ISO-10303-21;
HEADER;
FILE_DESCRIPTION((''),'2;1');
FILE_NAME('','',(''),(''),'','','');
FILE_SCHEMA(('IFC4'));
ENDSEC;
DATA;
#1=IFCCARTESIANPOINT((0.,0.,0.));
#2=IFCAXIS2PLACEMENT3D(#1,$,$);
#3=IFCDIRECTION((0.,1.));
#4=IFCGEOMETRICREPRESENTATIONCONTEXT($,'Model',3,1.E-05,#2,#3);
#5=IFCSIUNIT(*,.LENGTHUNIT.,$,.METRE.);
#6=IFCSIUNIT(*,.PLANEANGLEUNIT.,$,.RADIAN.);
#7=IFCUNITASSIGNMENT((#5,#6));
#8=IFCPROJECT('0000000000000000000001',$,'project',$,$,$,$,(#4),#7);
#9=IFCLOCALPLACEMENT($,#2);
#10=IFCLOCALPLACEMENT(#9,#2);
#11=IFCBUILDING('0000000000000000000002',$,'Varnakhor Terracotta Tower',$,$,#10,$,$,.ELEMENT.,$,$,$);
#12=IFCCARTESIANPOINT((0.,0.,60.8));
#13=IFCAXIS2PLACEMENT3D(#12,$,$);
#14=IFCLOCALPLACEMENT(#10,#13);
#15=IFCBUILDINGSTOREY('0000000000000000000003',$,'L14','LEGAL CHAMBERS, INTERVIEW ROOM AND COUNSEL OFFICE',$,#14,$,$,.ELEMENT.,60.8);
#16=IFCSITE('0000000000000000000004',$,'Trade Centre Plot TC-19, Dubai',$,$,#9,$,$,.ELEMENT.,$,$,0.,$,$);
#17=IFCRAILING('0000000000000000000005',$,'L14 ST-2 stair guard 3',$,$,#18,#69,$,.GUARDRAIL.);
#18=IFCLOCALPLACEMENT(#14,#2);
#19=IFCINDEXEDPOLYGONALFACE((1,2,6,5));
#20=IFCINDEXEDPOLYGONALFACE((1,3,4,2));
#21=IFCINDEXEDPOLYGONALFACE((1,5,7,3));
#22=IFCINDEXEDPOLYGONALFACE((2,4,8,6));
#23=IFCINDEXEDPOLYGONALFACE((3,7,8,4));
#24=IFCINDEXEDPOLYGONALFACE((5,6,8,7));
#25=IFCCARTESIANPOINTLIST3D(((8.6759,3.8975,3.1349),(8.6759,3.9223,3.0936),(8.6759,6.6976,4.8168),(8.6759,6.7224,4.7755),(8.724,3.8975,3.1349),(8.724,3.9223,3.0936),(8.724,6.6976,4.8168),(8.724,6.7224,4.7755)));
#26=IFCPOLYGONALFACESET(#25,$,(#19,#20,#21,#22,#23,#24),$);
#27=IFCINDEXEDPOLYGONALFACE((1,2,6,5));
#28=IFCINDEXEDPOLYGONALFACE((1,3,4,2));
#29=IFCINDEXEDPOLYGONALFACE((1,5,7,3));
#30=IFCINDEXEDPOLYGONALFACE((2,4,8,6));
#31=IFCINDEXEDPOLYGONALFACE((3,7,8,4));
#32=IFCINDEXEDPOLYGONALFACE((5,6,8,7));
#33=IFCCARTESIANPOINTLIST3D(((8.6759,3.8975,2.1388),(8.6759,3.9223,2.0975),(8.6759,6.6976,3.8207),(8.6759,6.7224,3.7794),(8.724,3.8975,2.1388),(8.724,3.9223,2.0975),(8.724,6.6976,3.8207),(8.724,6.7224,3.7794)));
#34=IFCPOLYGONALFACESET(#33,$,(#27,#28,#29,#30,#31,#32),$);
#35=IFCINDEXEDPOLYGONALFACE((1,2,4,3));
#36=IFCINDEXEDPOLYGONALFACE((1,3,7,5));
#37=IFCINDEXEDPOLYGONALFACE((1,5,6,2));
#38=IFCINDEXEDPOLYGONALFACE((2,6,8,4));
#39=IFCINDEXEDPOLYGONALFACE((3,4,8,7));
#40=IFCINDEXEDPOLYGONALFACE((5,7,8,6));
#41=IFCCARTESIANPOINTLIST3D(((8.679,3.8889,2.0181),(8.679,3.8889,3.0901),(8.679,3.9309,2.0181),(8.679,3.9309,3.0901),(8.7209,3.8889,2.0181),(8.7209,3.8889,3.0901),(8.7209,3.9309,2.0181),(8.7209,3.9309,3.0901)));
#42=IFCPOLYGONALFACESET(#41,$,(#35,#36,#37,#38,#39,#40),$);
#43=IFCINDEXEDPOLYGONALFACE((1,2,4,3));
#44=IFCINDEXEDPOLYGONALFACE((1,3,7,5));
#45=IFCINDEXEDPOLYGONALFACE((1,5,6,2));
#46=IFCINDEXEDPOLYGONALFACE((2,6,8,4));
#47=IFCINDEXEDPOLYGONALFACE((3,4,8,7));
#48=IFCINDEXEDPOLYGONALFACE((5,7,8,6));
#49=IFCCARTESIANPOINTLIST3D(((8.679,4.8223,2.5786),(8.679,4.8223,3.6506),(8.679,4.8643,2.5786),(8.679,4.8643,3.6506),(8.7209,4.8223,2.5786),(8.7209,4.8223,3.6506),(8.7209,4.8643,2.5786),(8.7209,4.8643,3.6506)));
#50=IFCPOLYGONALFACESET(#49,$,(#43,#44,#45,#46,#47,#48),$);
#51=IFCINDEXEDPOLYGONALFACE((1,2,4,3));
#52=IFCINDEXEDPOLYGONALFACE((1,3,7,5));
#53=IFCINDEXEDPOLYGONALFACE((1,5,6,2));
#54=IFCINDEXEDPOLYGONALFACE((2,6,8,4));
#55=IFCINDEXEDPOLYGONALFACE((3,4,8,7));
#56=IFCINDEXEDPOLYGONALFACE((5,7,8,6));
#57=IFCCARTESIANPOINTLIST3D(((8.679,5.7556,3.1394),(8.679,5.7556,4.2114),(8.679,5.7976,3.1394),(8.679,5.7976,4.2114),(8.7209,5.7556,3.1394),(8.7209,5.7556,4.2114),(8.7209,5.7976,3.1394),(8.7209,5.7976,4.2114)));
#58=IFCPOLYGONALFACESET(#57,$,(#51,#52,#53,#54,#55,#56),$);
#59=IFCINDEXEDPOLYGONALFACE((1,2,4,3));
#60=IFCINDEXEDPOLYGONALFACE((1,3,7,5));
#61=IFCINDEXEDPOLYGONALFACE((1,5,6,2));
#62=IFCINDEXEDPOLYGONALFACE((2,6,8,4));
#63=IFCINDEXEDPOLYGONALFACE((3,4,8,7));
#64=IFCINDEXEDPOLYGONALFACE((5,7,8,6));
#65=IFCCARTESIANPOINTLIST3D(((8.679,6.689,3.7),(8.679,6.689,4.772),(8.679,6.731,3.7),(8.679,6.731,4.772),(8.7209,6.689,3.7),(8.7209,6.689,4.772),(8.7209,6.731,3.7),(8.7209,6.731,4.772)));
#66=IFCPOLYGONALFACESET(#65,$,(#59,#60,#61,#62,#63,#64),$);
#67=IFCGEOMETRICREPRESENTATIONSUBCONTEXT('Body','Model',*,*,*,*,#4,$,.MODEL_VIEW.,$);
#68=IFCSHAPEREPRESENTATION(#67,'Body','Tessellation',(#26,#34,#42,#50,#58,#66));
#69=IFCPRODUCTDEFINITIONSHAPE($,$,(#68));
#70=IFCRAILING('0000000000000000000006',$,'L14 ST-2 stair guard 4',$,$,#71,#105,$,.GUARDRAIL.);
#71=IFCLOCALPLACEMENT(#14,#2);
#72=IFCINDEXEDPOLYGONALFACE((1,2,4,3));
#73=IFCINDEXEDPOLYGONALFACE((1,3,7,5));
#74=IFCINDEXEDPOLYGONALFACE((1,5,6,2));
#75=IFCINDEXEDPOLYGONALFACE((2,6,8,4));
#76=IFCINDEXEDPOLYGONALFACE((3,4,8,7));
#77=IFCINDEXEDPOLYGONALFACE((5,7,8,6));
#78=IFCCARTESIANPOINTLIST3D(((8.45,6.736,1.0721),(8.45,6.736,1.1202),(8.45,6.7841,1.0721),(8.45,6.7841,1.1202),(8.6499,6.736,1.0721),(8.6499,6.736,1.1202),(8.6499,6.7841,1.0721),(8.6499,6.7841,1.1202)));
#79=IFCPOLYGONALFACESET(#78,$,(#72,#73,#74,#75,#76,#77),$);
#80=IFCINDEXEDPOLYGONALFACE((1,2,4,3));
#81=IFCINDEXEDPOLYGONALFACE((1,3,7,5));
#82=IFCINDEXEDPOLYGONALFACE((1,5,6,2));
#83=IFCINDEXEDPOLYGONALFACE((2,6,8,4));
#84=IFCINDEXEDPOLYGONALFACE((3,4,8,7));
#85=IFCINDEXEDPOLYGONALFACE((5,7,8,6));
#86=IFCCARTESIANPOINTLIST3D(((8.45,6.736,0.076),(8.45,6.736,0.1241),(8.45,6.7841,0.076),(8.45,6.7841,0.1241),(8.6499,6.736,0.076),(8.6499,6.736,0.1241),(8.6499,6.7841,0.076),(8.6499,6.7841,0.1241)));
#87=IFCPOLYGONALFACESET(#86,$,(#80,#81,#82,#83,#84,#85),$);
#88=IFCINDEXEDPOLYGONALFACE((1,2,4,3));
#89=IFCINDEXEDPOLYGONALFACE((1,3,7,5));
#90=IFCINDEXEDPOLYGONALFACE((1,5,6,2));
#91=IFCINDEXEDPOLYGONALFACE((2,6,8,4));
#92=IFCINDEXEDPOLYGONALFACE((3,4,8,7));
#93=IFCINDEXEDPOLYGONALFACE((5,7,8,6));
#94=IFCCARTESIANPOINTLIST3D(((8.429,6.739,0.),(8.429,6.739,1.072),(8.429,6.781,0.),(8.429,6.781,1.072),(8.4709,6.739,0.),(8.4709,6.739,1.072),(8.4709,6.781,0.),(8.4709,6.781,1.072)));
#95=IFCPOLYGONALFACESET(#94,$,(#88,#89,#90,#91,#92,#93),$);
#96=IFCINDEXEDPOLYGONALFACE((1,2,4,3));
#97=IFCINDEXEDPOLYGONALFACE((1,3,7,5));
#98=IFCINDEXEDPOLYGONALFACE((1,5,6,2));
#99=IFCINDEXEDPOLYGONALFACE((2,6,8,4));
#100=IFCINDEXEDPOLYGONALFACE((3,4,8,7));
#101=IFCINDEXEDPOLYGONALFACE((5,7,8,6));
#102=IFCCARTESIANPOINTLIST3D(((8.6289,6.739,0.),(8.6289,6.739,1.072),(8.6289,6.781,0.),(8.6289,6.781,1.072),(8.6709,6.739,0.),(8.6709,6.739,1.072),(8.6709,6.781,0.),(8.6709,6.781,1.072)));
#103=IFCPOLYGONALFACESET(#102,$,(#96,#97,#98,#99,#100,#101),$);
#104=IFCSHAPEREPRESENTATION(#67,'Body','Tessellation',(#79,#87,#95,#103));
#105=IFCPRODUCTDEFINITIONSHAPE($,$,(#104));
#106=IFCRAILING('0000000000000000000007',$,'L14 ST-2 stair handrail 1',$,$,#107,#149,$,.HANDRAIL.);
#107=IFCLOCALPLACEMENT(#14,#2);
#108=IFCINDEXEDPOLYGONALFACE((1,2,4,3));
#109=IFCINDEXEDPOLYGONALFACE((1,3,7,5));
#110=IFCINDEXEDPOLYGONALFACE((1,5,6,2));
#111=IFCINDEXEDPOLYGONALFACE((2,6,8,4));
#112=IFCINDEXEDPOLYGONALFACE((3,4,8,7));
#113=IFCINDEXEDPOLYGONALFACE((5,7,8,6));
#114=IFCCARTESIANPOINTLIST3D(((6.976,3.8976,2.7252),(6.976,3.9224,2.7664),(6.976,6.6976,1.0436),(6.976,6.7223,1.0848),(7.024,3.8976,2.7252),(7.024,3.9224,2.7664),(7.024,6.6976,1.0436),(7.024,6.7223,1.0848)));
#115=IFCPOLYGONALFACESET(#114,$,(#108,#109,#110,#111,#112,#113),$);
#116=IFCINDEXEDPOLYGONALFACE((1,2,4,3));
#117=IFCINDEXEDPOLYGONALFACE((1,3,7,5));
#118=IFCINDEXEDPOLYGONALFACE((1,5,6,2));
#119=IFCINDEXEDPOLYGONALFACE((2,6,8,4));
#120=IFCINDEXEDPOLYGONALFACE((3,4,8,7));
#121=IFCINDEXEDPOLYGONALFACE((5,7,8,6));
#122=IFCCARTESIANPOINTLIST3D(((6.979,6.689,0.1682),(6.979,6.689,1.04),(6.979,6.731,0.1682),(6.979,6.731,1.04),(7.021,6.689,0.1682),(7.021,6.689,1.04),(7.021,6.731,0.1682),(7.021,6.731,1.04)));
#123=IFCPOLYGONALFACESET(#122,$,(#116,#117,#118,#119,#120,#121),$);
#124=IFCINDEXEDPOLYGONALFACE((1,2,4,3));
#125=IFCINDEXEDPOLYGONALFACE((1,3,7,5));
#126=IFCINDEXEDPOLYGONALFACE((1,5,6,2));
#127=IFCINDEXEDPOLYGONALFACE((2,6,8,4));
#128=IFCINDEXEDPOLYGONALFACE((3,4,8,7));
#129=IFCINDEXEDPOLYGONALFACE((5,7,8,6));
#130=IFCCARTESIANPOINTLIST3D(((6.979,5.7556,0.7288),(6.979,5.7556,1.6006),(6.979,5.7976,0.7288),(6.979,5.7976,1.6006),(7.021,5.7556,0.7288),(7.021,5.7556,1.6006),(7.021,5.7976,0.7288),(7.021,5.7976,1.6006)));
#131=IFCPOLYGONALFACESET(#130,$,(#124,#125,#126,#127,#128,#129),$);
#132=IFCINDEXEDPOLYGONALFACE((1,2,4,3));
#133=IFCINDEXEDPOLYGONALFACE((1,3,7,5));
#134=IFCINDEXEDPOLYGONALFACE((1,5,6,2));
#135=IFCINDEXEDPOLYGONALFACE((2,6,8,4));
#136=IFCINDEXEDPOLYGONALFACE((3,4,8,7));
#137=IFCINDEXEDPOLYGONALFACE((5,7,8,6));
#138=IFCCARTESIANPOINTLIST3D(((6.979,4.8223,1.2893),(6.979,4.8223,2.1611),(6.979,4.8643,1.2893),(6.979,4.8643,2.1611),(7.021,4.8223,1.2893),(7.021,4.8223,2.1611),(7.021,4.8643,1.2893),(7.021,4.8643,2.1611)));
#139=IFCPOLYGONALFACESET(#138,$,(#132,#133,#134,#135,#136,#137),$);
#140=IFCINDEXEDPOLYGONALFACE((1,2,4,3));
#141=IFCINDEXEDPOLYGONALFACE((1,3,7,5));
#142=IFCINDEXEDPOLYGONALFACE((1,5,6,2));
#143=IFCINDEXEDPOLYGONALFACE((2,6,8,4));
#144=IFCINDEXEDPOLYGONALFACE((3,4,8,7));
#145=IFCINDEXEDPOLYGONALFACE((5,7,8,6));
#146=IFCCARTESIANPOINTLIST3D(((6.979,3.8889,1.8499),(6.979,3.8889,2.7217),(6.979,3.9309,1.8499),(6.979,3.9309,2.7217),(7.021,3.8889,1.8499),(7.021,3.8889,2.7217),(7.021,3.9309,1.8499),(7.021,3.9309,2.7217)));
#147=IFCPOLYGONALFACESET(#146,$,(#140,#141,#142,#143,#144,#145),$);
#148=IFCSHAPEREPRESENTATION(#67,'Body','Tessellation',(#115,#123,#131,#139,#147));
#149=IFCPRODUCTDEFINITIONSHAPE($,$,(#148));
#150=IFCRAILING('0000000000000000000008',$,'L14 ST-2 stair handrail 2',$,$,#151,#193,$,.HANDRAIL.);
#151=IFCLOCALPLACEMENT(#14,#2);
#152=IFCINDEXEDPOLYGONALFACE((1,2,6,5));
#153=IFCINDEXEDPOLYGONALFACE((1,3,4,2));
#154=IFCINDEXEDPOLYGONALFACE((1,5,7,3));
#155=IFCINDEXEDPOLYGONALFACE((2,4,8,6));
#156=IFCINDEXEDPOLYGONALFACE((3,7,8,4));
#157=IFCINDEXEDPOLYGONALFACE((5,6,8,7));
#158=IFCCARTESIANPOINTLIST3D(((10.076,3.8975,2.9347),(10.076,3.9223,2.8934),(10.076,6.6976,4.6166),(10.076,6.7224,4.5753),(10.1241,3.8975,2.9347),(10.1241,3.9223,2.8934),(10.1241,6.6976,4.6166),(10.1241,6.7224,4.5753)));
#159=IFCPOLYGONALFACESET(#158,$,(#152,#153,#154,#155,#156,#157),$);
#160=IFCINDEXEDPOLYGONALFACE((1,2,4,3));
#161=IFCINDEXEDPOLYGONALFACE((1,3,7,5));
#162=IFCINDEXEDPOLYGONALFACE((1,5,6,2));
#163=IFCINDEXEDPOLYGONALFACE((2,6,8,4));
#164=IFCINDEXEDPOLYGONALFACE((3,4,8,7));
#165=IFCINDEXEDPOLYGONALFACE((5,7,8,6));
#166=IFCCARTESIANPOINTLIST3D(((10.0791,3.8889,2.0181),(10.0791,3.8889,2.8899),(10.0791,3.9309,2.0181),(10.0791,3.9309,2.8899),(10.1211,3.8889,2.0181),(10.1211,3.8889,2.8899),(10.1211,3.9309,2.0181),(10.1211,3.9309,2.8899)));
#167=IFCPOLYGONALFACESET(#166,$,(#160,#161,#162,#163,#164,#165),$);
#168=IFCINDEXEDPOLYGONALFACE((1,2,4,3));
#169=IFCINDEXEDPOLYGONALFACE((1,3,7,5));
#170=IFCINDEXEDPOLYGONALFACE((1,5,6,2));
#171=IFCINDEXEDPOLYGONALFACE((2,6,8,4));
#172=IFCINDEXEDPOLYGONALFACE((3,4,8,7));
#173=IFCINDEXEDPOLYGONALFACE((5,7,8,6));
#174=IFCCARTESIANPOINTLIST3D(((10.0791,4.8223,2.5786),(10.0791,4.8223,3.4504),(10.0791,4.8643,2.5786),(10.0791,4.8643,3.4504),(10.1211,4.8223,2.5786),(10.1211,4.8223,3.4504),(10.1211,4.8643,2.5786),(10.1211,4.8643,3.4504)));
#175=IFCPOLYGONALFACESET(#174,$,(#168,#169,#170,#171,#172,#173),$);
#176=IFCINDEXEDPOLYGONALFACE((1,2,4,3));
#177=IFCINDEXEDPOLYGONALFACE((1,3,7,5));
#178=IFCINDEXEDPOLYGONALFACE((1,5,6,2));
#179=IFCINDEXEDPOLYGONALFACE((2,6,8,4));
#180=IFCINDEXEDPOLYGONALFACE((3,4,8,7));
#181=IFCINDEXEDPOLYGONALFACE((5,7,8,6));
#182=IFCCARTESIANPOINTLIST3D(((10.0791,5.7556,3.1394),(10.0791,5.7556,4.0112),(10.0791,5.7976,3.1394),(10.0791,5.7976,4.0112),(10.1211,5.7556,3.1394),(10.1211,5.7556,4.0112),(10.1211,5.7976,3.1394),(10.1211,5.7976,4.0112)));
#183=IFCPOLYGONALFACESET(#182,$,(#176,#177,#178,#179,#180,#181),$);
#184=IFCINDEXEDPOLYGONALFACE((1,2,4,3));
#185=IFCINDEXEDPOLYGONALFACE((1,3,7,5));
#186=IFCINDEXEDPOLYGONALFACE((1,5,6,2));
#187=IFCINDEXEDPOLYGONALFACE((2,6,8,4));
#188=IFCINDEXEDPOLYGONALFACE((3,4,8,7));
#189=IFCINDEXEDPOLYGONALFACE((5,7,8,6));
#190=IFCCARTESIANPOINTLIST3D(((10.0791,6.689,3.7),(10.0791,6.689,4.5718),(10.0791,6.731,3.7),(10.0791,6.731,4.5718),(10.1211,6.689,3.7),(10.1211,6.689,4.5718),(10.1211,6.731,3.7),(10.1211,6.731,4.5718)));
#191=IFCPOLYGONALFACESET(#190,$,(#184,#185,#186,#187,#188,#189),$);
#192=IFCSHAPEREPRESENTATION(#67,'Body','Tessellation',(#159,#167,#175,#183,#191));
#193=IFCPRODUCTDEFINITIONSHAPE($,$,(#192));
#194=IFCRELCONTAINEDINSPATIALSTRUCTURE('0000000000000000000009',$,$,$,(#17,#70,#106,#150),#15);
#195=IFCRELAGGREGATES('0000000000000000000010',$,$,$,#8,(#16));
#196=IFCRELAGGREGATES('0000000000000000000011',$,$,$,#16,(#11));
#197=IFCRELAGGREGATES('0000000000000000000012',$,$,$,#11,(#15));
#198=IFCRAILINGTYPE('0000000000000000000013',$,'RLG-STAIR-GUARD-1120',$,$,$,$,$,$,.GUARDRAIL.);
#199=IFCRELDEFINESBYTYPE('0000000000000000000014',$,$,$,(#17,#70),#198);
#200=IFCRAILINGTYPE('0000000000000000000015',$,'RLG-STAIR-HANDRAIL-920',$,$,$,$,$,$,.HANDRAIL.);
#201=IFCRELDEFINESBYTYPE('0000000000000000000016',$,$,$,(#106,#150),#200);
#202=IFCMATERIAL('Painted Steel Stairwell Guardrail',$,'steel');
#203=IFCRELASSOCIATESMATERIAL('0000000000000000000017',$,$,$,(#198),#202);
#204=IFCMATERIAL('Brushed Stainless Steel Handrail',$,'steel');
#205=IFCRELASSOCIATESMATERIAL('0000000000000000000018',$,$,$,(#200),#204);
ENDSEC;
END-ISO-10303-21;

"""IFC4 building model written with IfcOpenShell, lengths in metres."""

from ifc_helpers import new_model, si_unit, direction, frame, origin, origin_2d, place, context, subcontext, project, spatial, rectangle, extrude, material, type_object, element, save


model = new_model("IFC4")

# Units and contexts
model_context = context("Model", 3, precision=1e-05, world=origin(), true_north=direction((0.0, 1.0)))
body_context = subcontext(model_context, "Body", "Model", "MODEL_VIEW")
ifc_project = project(units=[si_unit("LENGTHUNIT", "METRE"), si_unit("PLANEANGLEUNIT", "RADIAN")], contexts=[model_context])

# Site, building, storey
site_placement = place(None, origin())
site = spatial("IfcSite", under=ifc_project, at=site_placement, Name="Trade Centre Plot TC-19, Dubai", CompositionType="ELEMENT", RefElevation=0.0)
building_placement = place(site_placement, origin())
building = spatial("IfcBuilding", under=site, at=building_placement, Name="Varnakhor Terracotta Tower", CompositionType="ELEMENT")
storey_placement = place(building_placement, frame((0.0, 0.0, 60.8)))
storey = spatial("IfcBuildingStorey", under=building, at=storey_placement, Name="L14", Description="LEGAL CHAMBERS, INTERVIEW ROOM AND COUNSEL OFFICE", CompositionType="ELEMENT", Elevation=60.8)

# Railings
ifc_material_1 = material(Name="Painted Steel Stairwell Guardrail", Category="steel")
railing_type_1 = type_object("IfcRailingType", Name="RLG-STAIR-GUARD-1120", PredefinedType="GUARDRAIL", material=ifc_material_1)
railing_1_placement = place(storey_placement, frame((8.7, 3.9099, 2.0181)))
element("IfcRailing", 1, at=railing_1_placement, inside=storey, type_object=railing_type_1, Name="L14 ST-2 stair guard 3", PredefinedType="GUARDRAIL", context=body_context, shape_type="SweptSolid", body=[
    extrude(rectangle(XDim=0.0481, YDim=0.0481, at=origin_2d()), frame((0.0, 0.0, 1.0962), z_axis=(0.0, 0.857242, 0.514913), x_axis=(-1.0, 0.0, 0.0)), (0.0, 0.0, 1.0), 3.2664),
    extrude(rectangle(XDim=0.0481, YDim=0.0481, at=origin_2d()), frame((0.0, 0.0, 0.1001), z_axis=(0.0, 0.857242, 0.514913), x_axis=(-1.0, 0.0, 0.0)), (0.0, 0.0, 1.0), 3.2664),
    extrude(rectangle(XDim=0.042, YDim=0.042, at=origin_2d()), origin(), (0.0, 0.0, 1.0), 1.072),
    extrude(rectangle(XDim=0.042, YDim=0.042, at=origin_2d()), frame((0.0, 0.9333, 0.5605)), (0.0, 0.0, 1.0), 1.072),
    extrude(rectangle(XDim=0.042, YDim=0.042, at=origin_2d()), frame((0.0, 1.8667, 1.1213)), (0.0, 0.0, 1.0), 1.072),
    extrude(rectangle(XDim=0.042, YDim=0.042, at=origin_2d()), frame((0.0, 2.8, 1.6819)), (0.0, 0.0, 1.0), 1.072),
])
railing_2_placement = place(storey_placement, frame((8.45, 6.76, 0.0)))
element("IfcRailing", 2, at=railing_2_placement, inside=storey, type_object=railing_type_1, Name="L14 ST-2 stair guard 4", PredefinedType="GUARDRAIL", context=body_context, shape_type="SweptSolid", body=[
    extrude(rectangle(XDim=0.0481, YDim=0.0481, at=origin_2d()), frame((0.0, 0.0, 1.0962), z_axis=(1.0, 0.0, 0.0), x_axis=(0.0, 1.0, 0.0)), (0.0, 0.0, 1.0), 0.2),
    extrude(rectangle(XDim=0.0481, YDim=0.0481, at=origin_2d()), frame((0.0, 0.0, 0.1001), z_axis=(1.0, 0.0, 0.0), x_axis=(0.0, 1.0, 0.0)), (0.0, 0.0, 1.0), 0.2),
    extrude(rectangle(XDim=0.042, YDim=0.042, at=origin_2d()), origin(), (0.0, 0.0, 1.0), 1.072),
    extrude(rectangle(XDim=0.042, YDim=0.042, at=origin_2d()), frame((0.2, 0.0, 0.0)), (0.0, 0.0, 1.0), 1.072),
])
ifc_material_2 = material(Name="Brushed Stainless Steel Handrail", Category="steel")
railing_type_2 = type_object("IfcRailingType", Name="RLG-STAIR-HANDRAIL-920", PredefinedType="HANDRAIL", material=ifc_material_2)
railing_3_placement = place(storey_placement, frame((7.0, 6.71, 0.1682)))
element("IfcRailing", 3, at=railing_3_placement, inside=storey, type_object=railing_type_2, Name="L14 ST-2 stair handrail 1", PredefinedType="HANDRAIL", context=body_context, shape_type="SweptSolid", body=[
    extrude(rectangle(XDim=0.0481, YDim=0.0481, at=origin_2d()), frame((0.0, 0.0, 0.896), z_axis=(0.0, -0.857275, 0.514858), x_axis=(1.0, 0.0, 0.0)), (0.0, 0.0, 1.0), 3.2661),
    extrude(rectangle(XDim=0.042, YDim=0.042, at=origin_2d()), origin(), (0.0, 0.0, 1.0), 0.8718),
    extrude(rectangle(XDim=0.042, YDim=0.042, at=origin_2d()), frame((0.0, -0.9333, 0.5605)), (0.0, 0.0, 1.0), 0.8718),
    extrude(rectangle(XDim=0.042, YDim=0.042, at=origin_2d()), frame((0.0, -1.8667, 1.1211)), (0.0, 0.0, 1.0), 0.8718),
    extrude(rectangle(XDim=0.042, YDim=0.042, at=origin_2d()), frame((0.0, -2.8, 1.6816)), (0.0, 0.0, 1.0), 0.8718),
])
railing_4_placement = place(storey_placement, frame((10.1001, 3.9099, 2.0181)))
element("IfcRailing", 4, at=railing_4_placement, inside=storey, type_object=railing_type_2, Name="L14 ST-2 stair handrail 2", PredefinedType="HANDRAIL", context=body_context, shape_type="SweptSolid", body=[
    extrude(rectangle(XDim=0.0481, YDim=0.0481, at=origin_2d()), frame((0.0, 0.0, 0.896), z_axis=(0.0, 0.857242, 0.514913), x_axis=(-1.0, 0.0, 0.0)), (0.0, 0.0, 1.0), 3.2664),
    extrude(rectangle(XDim=0.042, YDim=0.042, at=origin_2d()), origin(), (0.0, 0.0, 1.0), 0.8718),
    extrude(rectangle(XDim=0.042, YDim=0.042, at=origin_2d()), frame((0.0, 0.9333, 0.5605)), (0.0, 0.0, 1.0), 0.8718),
    extrude(rectangle(XDim=0.042, YDim=0.042, at=origin_2d()), frame((0.0, 1.8667, 1.1213)), (0.0, 0.0, 1.0), 0.8718),
    extrude(rectangle(XDim=0.042, YDim=0.042, at=origin_2d()), frame((0.0, 2.8, 1.6819)), (0.0, 0.0, 1.0), 0.8718),
])

save(model, "model.ifc")
